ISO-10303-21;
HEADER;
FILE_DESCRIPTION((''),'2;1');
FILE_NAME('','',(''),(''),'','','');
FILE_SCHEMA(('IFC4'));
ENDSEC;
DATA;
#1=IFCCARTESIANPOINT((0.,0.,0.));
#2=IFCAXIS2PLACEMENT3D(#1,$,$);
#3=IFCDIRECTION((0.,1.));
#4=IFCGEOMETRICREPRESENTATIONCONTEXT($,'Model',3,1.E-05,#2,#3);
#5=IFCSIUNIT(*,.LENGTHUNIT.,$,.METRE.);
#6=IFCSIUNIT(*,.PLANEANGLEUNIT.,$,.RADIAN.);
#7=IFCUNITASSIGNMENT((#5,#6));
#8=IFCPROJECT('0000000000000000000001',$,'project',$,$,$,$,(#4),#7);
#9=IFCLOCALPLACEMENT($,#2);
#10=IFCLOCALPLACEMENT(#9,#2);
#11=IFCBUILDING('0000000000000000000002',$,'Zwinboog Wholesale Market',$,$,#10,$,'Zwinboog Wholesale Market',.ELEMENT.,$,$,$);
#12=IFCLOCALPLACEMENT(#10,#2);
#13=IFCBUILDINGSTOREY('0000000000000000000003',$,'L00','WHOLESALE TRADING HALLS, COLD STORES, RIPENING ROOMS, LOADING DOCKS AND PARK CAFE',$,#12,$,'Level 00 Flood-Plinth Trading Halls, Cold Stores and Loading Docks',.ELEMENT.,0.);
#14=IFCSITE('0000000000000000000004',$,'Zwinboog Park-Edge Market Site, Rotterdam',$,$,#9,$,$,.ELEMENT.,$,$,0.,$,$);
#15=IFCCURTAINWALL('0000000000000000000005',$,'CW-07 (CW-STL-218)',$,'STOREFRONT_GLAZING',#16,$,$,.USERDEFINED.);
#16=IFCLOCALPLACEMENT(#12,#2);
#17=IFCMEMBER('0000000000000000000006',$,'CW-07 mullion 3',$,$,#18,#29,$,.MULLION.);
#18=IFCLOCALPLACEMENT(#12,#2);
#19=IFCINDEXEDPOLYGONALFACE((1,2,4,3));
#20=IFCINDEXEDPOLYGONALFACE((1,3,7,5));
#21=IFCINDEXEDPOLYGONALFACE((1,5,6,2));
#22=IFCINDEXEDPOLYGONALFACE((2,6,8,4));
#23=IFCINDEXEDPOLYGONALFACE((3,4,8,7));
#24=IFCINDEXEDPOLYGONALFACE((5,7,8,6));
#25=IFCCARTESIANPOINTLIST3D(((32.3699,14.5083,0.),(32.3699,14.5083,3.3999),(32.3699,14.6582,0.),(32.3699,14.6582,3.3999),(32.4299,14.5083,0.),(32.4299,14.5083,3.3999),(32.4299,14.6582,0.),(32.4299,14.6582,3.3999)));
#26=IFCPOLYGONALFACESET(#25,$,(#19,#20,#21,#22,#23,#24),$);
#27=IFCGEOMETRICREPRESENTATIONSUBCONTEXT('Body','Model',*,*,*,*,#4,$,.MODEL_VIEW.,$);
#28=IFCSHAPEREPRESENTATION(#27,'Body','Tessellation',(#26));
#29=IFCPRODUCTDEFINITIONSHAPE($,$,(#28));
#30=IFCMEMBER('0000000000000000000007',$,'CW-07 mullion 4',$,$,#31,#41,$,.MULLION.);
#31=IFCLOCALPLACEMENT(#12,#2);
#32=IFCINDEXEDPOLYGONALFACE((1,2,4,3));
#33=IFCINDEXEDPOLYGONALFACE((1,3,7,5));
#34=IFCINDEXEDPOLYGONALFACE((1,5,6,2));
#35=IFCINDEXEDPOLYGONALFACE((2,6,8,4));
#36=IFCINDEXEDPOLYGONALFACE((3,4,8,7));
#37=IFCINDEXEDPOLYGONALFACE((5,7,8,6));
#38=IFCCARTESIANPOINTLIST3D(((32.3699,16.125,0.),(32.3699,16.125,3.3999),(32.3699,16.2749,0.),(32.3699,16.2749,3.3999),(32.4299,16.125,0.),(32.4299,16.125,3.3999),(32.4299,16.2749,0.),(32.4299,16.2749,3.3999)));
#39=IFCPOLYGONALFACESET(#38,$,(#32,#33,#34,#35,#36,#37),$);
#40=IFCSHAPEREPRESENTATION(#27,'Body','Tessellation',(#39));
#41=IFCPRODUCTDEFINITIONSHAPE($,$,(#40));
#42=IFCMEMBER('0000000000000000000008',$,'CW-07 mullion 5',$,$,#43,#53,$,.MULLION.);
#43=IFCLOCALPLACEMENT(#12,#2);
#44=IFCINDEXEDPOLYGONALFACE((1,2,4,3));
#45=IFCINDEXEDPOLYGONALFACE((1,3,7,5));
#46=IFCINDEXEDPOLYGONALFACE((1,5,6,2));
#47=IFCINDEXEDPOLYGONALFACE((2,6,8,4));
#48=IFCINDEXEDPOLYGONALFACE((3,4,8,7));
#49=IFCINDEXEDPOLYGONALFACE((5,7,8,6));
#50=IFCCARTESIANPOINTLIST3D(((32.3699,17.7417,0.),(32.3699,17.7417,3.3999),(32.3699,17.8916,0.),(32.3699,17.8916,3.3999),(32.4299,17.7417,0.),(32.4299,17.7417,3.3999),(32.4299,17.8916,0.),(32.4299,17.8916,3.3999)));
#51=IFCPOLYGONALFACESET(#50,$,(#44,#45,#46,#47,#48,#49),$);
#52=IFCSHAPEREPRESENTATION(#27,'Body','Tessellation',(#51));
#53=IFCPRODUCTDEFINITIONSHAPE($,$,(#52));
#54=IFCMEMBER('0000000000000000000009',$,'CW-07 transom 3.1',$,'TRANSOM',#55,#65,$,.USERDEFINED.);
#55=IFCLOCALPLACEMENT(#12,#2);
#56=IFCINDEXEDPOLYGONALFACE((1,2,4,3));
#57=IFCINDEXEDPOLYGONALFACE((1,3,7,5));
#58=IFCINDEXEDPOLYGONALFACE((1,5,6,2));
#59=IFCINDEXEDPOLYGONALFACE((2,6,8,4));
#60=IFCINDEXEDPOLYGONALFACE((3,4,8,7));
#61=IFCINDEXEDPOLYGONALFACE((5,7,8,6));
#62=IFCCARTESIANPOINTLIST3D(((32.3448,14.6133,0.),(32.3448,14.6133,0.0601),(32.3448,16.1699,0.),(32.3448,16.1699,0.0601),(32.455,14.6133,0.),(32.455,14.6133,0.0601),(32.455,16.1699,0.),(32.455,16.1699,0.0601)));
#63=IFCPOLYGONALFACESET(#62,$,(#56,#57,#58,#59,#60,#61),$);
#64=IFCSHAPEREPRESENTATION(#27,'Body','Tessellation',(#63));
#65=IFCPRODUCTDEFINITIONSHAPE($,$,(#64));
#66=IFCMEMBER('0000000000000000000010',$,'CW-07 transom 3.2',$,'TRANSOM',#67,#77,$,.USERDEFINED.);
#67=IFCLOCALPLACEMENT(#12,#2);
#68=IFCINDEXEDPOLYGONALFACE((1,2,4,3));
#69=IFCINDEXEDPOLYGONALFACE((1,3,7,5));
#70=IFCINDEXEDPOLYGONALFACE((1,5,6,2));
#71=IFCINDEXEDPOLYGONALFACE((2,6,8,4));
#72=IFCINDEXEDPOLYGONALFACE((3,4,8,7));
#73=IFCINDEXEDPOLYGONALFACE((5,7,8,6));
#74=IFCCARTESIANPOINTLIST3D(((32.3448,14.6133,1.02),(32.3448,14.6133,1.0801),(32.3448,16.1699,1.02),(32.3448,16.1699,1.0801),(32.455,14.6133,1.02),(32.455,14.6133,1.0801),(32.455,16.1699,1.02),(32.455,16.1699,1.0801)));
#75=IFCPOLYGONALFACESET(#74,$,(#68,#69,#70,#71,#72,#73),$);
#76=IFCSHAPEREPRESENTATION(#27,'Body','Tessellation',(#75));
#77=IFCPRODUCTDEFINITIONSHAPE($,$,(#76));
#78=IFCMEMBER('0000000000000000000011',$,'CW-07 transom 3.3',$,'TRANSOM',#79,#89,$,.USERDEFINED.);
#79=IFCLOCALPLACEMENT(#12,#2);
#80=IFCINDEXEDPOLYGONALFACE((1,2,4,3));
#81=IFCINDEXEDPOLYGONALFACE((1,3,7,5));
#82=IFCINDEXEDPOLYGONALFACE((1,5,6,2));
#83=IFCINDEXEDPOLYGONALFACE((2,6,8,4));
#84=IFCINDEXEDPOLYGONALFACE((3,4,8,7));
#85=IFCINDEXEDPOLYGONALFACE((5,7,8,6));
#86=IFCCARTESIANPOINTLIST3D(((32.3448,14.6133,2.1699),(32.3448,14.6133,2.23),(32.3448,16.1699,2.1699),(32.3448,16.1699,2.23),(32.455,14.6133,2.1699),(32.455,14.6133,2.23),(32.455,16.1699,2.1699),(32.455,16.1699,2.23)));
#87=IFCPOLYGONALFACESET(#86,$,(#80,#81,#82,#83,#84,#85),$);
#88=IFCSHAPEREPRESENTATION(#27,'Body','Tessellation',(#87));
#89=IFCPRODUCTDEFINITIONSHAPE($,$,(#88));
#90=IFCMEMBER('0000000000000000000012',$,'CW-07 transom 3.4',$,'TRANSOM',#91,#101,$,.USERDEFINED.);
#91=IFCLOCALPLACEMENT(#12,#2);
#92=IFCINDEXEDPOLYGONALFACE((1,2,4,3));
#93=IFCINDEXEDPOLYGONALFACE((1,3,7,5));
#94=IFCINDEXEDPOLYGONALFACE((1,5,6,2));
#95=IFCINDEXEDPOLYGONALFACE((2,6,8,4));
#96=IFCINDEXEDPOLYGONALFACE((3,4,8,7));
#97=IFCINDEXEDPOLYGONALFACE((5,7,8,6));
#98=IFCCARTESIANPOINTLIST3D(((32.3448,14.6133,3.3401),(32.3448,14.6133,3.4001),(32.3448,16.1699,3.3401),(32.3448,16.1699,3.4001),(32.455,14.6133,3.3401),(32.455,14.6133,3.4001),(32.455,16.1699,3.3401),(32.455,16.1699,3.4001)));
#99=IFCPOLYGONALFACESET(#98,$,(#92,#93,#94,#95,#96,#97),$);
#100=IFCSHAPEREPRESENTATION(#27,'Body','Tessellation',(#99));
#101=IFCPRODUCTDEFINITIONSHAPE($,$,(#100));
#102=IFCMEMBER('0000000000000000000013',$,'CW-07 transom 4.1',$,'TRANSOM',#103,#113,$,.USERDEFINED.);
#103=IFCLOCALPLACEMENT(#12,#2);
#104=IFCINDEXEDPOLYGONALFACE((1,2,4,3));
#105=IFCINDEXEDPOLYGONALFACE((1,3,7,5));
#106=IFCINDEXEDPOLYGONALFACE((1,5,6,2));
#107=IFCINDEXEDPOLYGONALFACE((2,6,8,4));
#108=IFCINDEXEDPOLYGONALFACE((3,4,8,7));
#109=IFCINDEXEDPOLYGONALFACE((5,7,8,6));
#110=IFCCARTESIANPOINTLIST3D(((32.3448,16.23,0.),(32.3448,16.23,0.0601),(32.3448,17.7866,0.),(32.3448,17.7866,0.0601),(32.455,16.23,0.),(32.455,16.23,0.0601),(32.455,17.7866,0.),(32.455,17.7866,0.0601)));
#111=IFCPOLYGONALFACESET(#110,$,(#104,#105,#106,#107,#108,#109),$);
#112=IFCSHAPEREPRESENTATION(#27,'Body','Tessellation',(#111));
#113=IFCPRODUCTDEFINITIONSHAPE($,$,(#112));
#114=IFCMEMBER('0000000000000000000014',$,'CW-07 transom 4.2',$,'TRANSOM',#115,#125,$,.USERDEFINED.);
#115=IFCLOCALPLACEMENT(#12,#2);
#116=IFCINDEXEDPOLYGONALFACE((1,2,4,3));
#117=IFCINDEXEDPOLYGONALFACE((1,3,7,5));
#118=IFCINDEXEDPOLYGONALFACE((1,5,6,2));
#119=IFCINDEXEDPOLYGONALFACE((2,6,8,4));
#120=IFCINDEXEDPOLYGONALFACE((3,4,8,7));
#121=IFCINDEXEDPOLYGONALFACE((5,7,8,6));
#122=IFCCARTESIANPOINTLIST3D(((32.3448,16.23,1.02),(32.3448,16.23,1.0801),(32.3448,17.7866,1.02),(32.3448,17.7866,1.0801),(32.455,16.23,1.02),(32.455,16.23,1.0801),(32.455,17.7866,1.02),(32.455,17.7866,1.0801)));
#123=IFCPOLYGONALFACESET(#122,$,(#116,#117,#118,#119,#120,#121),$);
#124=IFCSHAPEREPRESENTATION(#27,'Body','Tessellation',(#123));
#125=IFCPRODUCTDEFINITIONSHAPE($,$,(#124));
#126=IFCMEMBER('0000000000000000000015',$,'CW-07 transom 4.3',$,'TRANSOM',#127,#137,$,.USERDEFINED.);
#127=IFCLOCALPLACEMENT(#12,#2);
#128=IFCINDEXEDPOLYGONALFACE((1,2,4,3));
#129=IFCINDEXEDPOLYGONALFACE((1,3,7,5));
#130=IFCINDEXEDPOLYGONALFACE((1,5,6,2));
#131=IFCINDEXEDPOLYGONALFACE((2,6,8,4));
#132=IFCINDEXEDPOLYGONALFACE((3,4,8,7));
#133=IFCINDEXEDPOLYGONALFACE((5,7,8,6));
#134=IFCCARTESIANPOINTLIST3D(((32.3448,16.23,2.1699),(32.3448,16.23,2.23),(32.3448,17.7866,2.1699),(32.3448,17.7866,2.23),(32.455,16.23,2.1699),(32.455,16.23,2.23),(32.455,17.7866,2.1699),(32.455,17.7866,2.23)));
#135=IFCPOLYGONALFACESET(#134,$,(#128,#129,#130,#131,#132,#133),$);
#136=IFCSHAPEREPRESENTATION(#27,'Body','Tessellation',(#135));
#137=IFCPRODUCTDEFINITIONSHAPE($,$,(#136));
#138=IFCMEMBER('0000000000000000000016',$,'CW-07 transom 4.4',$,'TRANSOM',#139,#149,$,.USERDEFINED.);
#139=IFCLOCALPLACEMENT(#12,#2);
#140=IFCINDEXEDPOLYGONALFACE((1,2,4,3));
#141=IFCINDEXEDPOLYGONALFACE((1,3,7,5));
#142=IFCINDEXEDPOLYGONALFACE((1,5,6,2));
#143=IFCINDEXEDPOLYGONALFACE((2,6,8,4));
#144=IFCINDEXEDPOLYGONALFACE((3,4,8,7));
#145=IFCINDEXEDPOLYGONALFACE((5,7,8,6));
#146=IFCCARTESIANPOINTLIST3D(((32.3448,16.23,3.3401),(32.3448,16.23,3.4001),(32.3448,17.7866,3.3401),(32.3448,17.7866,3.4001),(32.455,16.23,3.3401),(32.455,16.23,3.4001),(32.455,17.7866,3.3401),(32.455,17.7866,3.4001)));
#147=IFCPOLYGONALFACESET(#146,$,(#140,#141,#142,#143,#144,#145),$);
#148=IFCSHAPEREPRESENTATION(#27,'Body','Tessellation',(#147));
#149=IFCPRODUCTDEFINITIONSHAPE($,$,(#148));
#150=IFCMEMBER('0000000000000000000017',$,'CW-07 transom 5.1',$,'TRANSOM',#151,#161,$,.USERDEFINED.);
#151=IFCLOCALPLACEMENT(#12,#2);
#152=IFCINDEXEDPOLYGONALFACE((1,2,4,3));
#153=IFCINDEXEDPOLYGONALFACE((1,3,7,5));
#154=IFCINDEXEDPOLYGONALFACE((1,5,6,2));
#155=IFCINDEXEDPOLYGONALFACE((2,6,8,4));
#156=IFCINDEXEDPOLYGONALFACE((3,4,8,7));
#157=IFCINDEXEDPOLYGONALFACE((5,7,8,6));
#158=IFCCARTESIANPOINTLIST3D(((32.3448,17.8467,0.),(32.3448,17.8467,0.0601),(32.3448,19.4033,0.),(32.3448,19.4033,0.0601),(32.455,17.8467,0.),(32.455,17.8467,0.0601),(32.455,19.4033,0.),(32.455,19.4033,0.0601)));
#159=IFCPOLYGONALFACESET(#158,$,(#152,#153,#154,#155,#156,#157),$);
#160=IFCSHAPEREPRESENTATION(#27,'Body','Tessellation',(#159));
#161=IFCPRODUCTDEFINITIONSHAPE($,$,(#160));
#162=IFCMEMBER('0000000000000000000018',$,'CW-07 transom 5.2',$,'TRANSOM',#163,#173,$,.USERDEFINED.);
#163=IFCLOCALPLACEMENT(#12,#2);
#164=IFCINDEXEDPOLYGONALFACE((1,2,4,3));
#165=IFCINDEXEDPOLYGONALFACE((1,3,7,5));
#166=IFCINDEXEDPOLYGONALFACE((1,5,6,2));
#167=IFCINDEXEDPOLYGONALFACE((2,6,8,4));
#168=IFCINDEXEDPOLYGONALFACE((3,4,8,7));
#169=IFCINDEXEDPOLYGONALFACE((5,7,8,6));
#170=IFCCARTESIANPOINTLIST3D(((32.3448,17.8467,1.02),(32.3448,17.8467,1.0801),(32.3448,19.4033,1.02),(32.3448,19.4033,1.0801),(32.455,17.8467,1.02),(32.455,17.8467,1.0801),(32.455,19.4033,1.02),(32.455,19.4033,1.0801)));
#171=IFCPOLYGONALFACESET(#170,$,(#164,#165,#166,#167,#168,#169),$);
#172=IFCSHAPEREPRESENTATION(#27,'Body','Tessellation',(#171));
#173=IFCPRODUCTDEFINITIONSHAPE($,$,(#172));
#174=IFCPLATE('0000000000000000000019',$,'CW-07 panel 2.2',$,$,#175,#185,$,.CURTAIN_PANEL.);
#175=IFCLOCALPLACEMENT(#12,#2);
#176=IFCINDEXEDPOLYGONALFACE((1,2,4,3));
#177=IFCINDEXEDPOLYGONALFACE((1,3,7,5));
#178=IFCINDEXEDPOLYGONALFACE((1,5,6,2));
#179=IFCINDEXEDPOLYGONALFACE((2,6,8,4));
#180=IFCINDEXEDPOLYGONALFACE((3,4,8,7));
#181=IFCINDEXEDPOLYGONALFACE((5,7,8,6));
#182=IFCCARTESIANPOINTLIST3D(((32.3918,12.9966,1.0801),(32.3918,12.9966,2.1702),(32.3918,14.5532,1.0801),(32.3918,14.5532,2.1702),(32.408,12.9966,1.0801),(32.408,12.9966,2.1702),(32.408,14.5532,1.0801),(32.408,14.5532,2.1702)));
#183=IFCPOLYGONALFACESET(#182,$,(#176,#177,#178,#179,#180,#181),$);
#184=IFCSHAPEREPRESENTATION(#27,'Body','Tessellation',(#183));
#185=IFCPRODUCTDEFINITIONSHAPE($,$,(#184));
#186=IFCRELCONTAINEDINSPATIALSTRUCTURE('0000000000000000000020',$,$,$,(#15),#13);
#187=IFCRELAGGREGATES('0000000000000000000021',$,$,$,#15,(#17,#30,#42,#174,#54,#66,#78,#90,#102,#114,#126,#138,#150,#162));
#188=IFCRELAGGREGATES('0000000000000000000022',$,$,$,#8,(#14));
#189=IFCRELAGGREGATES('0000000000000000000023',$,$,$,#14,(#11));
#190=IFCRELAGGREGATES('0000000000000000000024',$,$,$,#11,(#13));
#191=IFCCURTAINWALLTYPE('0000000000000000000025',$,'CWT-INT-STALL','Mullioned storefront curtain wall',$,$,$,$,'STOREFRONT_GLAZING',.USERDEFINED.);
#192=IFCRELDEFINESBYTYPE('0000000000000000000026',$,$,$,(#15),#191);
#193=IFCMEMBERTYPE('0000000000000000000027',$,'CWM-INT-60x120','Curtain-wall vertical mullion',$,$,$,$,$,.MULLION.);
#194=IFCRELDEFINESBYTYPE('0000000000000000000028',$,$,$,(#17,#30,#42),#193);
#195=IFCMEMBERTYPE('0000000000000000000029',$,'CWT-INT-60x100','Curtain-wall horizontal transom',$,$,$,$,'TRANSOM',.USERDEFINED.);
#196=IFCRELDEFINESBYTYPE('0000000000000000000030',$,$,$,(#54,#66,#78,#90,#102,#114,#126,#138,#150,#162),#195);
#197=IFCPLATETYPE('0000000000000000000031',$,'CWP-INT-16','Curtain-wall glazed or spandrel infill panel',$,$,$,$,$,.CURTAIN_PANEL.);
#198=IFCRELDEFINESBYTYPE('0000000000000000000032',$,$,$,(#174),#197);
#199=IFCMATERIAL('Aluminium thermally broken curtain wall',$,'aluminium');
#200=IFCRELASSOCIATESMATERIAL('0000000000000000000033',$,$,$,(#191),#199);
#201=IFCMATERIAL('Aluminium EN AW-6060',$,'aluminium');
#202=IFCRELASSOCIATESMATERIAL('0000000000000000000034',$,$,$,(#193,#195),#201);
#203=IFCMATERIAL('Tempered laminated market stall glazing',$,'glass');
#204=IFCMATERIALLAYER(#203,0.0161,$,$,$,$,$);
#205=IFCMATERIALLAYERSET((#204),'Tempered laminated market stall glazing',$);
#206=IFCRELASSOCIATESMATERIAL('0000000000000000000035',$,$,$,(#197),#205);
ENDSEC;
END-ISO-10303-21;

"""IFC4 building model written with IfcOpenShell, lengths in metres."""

from ifc_helpers import new_model, si_unit, direction, frame, origin, origin_2d, place, context, subcontext, project, spatial, rectangle, extrude, material, layer, layer_set, material_profile, profile_set, type_object, element, aggregate, save


model = new_model("IFC4")

# Units and contexts
model_context = context("Model", 3, precision=1e-05, world=origin(), true_north=direction((0.0, 1.0)))
body_context = subcontext(model_context, "Body", "Model", "MODEL_VIEW")
ifc_project = project(units=[si_unit("LENGTHUNIT", "METRE"), si_unit("PLANEANGLEUNIT", "RADIAN")], contexts=[model_context])

# Site, building, storey
site_placement = place(None, origin())
site = spatial("IfcSite", under=ifc_project, at=site_placement, Name="Zwinboog Park-Edge Market Site, Rotterdam", CompositionType="ELEMENT", RefElevation=0.0)
building_placement = place(site_placement, origin())
building = spatial("IfcBuilding", under=site, at=building_placement, Name="Zwinboog Wholesale Market", LongName="Zwinboog Wholesale Market", CompositionType="ELEMENT")
storey_placement = place(building_placement, origin())
storey = spatial("IfcBuildingStorey", under=building, at=storey_placement, Name="L00", Description="WHOLESALE TRADING HALLS, COLD STORES, RIPENING ROOMS, LOADING DOCKS AND PARK CAFE", LongName="Level 00 Flood-Plinth Trading Halls, Cold Stores and Loading Docks", CompositionType="ELEMENT", Elevation=0.0)

# Curtain wall, members, plate
ifc_material_1 = material(Name="Aluminium thermally broken curtain wall", Category="aluminium")
curtain_wall_type = type_object("IfcCurtainWallType", Name="CWT-INT-STALL", Description="Mullioned storefront curtain wall", ElementType="STOREFRONT_GLAZING", PredefinedType="USERDEFINED", material=ifc_material_1)
curtain_wall_placement = place(storey_placement, origin())
curtain_wall = element("IfcCurtainWall", 1, at=curtain_wall_placement, inside=storey, type_object=curtain_wall_type, Name="CW-07 (CW-STL-218)", ObjectType="STOREFRONT_GLAZING", PredefinedType="USERDEFINED")
ifc_material_2 = material(Name="Aluminium EN AW-6060", Category="aluminium")
ifc_material_profile_1 = material_profile(ifc_material_2, rectangle(XDim=0.0601, YDim=0.1499, at=origin_2d()), Name="AL 60x150")
ifc_profile_set_1 = profile_set([ifc_material_profile_1], Name="Aluminium EN AW-6060")
member_type_1 = type_object("IfcMemberType", Name="CWM-INT-60x120", Description="Curtain-wall vertical mullion", PredefinedType="MULLION", material=ifc_profile_set_1)
member_1_placement = place(storey_placement, frame((32.3999, 14.5833, 0.0), z_axis=(0.0, 0.0, 1.0), x_axis=(-1.0, 0.0, 0.0)))
member_1 = element("IfcMember", 2, at=member_1_placement, type_object=member_type_1, Name="CW-07 mullion 3", PredefinedType="MULLION", context=body_context, shape_type="SweptSolid", body=[
    extrude(rectangle(XDim=0.0601, YDim=0.1499, at=origin_2d()), origin(), (0.0, 0.0, 1.0), 3.3999),
])
member_2_placement = place(storey_placement, frame((32.3999, 16.2, 0.0), z_axis=(0.0, 0.0, 1.0), x_axis=(-1.0, 0.0, 0.0)))
member_2 = element("IfcMember", 3, at=member_2_placement, type_object=member_type_1, Name="CW-07 mullion 4", PredefinedType="MULLION", context=body_context, shape_type="SweptSolid", body=[
    extrude(rectangle(XDim=0.0601, YDim=0.1499, at=origin_2d()), origin(), (0.0, 0.0, 1.0), 3.3999),
])
member_3_placement = place(storey_placement, frame((32.3999, 17.8167, 0.0), z_axis=(0.0, 0.0, 1.0), x_axis=(-1.0, 0.0, 0.0)))
member_3 = element("IfcMember", 4, at=member_3_placement, type_object=member_type_1, Name="CW-07 mullion 5", PredefinedType="MULLION", context=body_context, shape_type="SweptSolid", body=[
    extrude(rectangle(XDim=0.0601, YDim=0.1499, at=origin_2d()), origin(), (0.0, 0.0, 1.0), 3.3999),
])
ifc_material_profile_2 = material_profile(ifc_material_2, rectangle(XDim=0.1101, YDim=0.0601, at=origin_2d()), Name="AL 60x110")
ifc_profile_set_2 = profile_set([ifc_material_profile_2], Name="Aluminium EN AW-6060")
member_type_2 = type_object("IfcMemberType", Name="CWT-INT-60x100", Description="Curtain-wall horizontal transom", ElementType="TRANSOM", PredefinedType="USERDEFINED", material=ifc_profile_set_2)
member_4_placement = place(storey_placement, frame((32.3999, 14.6133, 0.03), z_axis=(0.0, 1.0, 0.0), x_axis=(-1.0, 0.0, 0.0)))
member_4 = element("IfcMember", 5, at=member_4_placement, type_object=member_type_2, Name="CW-07 transom 3.1", ObjectType="TRANSOM", PredefinedType="USERDEFINED", context=body_context, shape_type="SweptSolid", body=[
    extrude(rectangle(XDim=0.1101, YDim=0.0601, at=origin_2d()), origin(), (0.0, 0.0, 1.0), 1.5566),
])
member_5_placement = place(storey_placement, frame((32.3999, 14.6133, 1.05), z_axis=(0.0, 1.0, 0.0), x_axis=(-1.0, 0.0, 0.0)))
member_5 = element("IfcMember", 6, at=member_5_placement, type_object=member_type_2, Name="CW-07 transom 3.2", ObjectType="TRANSOM", PredefinedType="USERDEFINED", context=body_context, shape_type="SweptSolid", body=[
    extrude(rectangle(XDim=0.1101, YDim=0.0601, at=origin_2d()), origin(), (0.0, 0.0, 1.0), 1.5566),
])
member_6_placement = place(storey_placement, frame((32.3999, 14.6133, 2.2), z_axis=(0.0, 1.0, 0.0), x_axis=(-1.0, 0.0, 0.0)))
member_6 = element("IfcMember", 7, at=member_6_placement, type_object=member_type_2, Name="CW-07 transom 3.3", ObjectType="TRANSOM", PredefinedType="USERDEFINED", context=body_context, shape_type="SweptSolid", body=[
    extrude(rectangle(XDim=0.1101, YDim=0.0601, at=origin_2d()), origin(), (0.0, 0.0, 1.0), 1.5566),
])
member_7_placement = place(storey_placement, frame((32.3999, 14.6133, 3.3701), z_axis=(0.0, 1.0, 0.0), x_axis=(-1.0, 0.0, 0.0)))
member_7 = element("IfcMember", 8, at=member_7_placement, type_object=member_type_2, Name="CW-07 transom 3.4", ObjectType="TRANSOM", PredefinedType="USERDEFINED", context=body_context, shape_type="SweptSolid", body=[
    extrude(rectangle(XDim=0.1101, YDim=0.0601, at=origin_2d()), origin(), (0.0, 0.0, 1.0), 1.5566),
])
member_8_placement = place(storey_placement, frame((32.3999, 16.23, 0.03), z_axis=(0.0, 1.0, 0.0), x_axis=(-1.0, 0.0, 0.0)))
member_8 = element("IfcMember", 9, at=member_8_placement, type_object=member_type_2, Name="CW-07 transom 4.1", ObjectType="TRANSOM", PredefinedType="USERDEFINED", context=body_context, shape_type="SweptSolid", body=[
    extrude(rectangle(XDim=0.1101, YDim=0.0601, at=origin_2d()), origin(), (0.0, 0.0, 1.0), 1.5566),
])
member_9_placement = place(storey_placement, frame((32.3999, 16.23, 1.05), z_axis=(0.0, 1.0, 0.0), x_axis=(-1.0, 0.0, 0.0)))
member_9 = element("IfcMember", 10, at=member_9_placement, type_object=member_type_2, Name="CW-07 transom 4.2", ObjectType="TRANSOM", PredefinedType="USERDEFINED", context=body_context, shape_type="SweptSolid", body=[
    extrude(rectangle(XDim=0.1101, YDim=0.0601, at=origin_2d()), origin(), (0.0, 0.0, 1.0), 1.5566),
])
member_10_placement = place(storey_placement, frame((32.3999, 16.23, 2.2), z_axis=(0.0, 1.0, 0.0), x_axis=(-1.0, 0.0, 0.0)))
member_10 = element("IfcMember", 11, at=member_10_placement, type_object=member_type_2, Name="CW-07 transom 4.3", ObjectType="TRANSOM", PredefinedType="USERDEFINED", context=body_context, shape_type="SweptSolid", body=[
    extrude(rectangle(XDim=0.1101, YDim=0.0601, at=origin_2d()), origin(), (0.0, 0.0, 1.0), 1.5566),
])
member_11_placement = place(storey_placement, frame((32.3999, 16.23, 3.3701), z_axis=(0.0, 1.0, 0.0), x_axis=(-1.0, 0.0, 0.0)))
member_11 = element("IfcMember", 12, at=member_11_placement, type_object=member_type_2, Name="CW-07 transom 4.4", ObjectType="TRANSOM", PredefinedType="USERDEFINED", context=body_context, shape_type="SweptSolid", body=[
    extrude(rectangle(XDim=0.1101, YDim=0.0601, at=origin_2d()), origin(), (0.0, 0.0, 1.0), 1.5566),
])
member_12_placement = place(storey_placement, frame((32.3999, 17.8467, 0.03), z_axis=(0.0, 1.0, 0.0), x_axis=(-1.0, 0.0, 0.0)))
member_12 = element("IfcMember", 13, at=member_12_placement, type_object=member_type_2, Name="CW-07 transom 5.1", ObjectType="TRANSOM", PredefinedType="USERDEFINED", context=body_context, shape_type="SweptSolid", body=[
    extrude(rectangle(XDim=0.1101, YDim=0.0601, at=origin_2d()), origin(), (0.0, 0.0, 1.0), 1.5566),
])
member_13_placement = place(storey_placement, frame((32.3999, 17.8467, 1.05), z_axis=(0.0, 1.0, 0.0), x_axis=(-1.0, 0.0, 0.0)))
member_13 = element("IfcMember", 14, at=member_13_placement, type_object=member_type_2, Name="CW-07 transom 5.2", ObjectType="TRANSOM", PredefinedType="USERDEFINED", context=body_context, shape_type="SweptSolid", body=[
    extrude(rectangle(XDim=0.1101, YDim=0.0601, at=origin_2d()), origin(), (0.0, 0.0, 1.0), 1.5566),
])
ifc_material_3 = material(Name="Tempered laminated market stall glazing", Category="glass")
ifc_layer = layer(ifc_material_3, 0.0161)
ifc_layer_set = layer_set([ifc_layer], Name="Tempered laminated market stall glazing")
plate_type = type_object("IfcPlateType", Name="CWP-INT-16", Description="Curtain-wall glazed or spandrel infill panel", PredefinedType="CURTAIN_PANEL", material=ifc_layer_set)
plate_1_placement = place(storey_placement, frame((32.3999, 13.7749, 1.0801), z_axis=(0.0, 0.0, 1.0), x_axis=(0.0, 1.0, 0.0)))
plate_1 = element("IfcPlate", 15, at=plate_1_placement, type_object=plate_type, Name="CW-07 panel 2.2", PredefinedType="CURTAIN_PANEL", context=body_context, shape_type="SweptSolid", body=[
    extrude(rectangle(XDim=1.5566, YDim=0.0161, at=origin_2d()), origin(), (0.0, 0.0, 1.0), 1.0901),
])
aggregate(curtain_wall, [member_1, member_2, member_3, plate_1, member_4, member_5, member_6, member_7, member_8, member_9, member_10, member_11, member_12, member_13])

save(model, "model.ifc")
